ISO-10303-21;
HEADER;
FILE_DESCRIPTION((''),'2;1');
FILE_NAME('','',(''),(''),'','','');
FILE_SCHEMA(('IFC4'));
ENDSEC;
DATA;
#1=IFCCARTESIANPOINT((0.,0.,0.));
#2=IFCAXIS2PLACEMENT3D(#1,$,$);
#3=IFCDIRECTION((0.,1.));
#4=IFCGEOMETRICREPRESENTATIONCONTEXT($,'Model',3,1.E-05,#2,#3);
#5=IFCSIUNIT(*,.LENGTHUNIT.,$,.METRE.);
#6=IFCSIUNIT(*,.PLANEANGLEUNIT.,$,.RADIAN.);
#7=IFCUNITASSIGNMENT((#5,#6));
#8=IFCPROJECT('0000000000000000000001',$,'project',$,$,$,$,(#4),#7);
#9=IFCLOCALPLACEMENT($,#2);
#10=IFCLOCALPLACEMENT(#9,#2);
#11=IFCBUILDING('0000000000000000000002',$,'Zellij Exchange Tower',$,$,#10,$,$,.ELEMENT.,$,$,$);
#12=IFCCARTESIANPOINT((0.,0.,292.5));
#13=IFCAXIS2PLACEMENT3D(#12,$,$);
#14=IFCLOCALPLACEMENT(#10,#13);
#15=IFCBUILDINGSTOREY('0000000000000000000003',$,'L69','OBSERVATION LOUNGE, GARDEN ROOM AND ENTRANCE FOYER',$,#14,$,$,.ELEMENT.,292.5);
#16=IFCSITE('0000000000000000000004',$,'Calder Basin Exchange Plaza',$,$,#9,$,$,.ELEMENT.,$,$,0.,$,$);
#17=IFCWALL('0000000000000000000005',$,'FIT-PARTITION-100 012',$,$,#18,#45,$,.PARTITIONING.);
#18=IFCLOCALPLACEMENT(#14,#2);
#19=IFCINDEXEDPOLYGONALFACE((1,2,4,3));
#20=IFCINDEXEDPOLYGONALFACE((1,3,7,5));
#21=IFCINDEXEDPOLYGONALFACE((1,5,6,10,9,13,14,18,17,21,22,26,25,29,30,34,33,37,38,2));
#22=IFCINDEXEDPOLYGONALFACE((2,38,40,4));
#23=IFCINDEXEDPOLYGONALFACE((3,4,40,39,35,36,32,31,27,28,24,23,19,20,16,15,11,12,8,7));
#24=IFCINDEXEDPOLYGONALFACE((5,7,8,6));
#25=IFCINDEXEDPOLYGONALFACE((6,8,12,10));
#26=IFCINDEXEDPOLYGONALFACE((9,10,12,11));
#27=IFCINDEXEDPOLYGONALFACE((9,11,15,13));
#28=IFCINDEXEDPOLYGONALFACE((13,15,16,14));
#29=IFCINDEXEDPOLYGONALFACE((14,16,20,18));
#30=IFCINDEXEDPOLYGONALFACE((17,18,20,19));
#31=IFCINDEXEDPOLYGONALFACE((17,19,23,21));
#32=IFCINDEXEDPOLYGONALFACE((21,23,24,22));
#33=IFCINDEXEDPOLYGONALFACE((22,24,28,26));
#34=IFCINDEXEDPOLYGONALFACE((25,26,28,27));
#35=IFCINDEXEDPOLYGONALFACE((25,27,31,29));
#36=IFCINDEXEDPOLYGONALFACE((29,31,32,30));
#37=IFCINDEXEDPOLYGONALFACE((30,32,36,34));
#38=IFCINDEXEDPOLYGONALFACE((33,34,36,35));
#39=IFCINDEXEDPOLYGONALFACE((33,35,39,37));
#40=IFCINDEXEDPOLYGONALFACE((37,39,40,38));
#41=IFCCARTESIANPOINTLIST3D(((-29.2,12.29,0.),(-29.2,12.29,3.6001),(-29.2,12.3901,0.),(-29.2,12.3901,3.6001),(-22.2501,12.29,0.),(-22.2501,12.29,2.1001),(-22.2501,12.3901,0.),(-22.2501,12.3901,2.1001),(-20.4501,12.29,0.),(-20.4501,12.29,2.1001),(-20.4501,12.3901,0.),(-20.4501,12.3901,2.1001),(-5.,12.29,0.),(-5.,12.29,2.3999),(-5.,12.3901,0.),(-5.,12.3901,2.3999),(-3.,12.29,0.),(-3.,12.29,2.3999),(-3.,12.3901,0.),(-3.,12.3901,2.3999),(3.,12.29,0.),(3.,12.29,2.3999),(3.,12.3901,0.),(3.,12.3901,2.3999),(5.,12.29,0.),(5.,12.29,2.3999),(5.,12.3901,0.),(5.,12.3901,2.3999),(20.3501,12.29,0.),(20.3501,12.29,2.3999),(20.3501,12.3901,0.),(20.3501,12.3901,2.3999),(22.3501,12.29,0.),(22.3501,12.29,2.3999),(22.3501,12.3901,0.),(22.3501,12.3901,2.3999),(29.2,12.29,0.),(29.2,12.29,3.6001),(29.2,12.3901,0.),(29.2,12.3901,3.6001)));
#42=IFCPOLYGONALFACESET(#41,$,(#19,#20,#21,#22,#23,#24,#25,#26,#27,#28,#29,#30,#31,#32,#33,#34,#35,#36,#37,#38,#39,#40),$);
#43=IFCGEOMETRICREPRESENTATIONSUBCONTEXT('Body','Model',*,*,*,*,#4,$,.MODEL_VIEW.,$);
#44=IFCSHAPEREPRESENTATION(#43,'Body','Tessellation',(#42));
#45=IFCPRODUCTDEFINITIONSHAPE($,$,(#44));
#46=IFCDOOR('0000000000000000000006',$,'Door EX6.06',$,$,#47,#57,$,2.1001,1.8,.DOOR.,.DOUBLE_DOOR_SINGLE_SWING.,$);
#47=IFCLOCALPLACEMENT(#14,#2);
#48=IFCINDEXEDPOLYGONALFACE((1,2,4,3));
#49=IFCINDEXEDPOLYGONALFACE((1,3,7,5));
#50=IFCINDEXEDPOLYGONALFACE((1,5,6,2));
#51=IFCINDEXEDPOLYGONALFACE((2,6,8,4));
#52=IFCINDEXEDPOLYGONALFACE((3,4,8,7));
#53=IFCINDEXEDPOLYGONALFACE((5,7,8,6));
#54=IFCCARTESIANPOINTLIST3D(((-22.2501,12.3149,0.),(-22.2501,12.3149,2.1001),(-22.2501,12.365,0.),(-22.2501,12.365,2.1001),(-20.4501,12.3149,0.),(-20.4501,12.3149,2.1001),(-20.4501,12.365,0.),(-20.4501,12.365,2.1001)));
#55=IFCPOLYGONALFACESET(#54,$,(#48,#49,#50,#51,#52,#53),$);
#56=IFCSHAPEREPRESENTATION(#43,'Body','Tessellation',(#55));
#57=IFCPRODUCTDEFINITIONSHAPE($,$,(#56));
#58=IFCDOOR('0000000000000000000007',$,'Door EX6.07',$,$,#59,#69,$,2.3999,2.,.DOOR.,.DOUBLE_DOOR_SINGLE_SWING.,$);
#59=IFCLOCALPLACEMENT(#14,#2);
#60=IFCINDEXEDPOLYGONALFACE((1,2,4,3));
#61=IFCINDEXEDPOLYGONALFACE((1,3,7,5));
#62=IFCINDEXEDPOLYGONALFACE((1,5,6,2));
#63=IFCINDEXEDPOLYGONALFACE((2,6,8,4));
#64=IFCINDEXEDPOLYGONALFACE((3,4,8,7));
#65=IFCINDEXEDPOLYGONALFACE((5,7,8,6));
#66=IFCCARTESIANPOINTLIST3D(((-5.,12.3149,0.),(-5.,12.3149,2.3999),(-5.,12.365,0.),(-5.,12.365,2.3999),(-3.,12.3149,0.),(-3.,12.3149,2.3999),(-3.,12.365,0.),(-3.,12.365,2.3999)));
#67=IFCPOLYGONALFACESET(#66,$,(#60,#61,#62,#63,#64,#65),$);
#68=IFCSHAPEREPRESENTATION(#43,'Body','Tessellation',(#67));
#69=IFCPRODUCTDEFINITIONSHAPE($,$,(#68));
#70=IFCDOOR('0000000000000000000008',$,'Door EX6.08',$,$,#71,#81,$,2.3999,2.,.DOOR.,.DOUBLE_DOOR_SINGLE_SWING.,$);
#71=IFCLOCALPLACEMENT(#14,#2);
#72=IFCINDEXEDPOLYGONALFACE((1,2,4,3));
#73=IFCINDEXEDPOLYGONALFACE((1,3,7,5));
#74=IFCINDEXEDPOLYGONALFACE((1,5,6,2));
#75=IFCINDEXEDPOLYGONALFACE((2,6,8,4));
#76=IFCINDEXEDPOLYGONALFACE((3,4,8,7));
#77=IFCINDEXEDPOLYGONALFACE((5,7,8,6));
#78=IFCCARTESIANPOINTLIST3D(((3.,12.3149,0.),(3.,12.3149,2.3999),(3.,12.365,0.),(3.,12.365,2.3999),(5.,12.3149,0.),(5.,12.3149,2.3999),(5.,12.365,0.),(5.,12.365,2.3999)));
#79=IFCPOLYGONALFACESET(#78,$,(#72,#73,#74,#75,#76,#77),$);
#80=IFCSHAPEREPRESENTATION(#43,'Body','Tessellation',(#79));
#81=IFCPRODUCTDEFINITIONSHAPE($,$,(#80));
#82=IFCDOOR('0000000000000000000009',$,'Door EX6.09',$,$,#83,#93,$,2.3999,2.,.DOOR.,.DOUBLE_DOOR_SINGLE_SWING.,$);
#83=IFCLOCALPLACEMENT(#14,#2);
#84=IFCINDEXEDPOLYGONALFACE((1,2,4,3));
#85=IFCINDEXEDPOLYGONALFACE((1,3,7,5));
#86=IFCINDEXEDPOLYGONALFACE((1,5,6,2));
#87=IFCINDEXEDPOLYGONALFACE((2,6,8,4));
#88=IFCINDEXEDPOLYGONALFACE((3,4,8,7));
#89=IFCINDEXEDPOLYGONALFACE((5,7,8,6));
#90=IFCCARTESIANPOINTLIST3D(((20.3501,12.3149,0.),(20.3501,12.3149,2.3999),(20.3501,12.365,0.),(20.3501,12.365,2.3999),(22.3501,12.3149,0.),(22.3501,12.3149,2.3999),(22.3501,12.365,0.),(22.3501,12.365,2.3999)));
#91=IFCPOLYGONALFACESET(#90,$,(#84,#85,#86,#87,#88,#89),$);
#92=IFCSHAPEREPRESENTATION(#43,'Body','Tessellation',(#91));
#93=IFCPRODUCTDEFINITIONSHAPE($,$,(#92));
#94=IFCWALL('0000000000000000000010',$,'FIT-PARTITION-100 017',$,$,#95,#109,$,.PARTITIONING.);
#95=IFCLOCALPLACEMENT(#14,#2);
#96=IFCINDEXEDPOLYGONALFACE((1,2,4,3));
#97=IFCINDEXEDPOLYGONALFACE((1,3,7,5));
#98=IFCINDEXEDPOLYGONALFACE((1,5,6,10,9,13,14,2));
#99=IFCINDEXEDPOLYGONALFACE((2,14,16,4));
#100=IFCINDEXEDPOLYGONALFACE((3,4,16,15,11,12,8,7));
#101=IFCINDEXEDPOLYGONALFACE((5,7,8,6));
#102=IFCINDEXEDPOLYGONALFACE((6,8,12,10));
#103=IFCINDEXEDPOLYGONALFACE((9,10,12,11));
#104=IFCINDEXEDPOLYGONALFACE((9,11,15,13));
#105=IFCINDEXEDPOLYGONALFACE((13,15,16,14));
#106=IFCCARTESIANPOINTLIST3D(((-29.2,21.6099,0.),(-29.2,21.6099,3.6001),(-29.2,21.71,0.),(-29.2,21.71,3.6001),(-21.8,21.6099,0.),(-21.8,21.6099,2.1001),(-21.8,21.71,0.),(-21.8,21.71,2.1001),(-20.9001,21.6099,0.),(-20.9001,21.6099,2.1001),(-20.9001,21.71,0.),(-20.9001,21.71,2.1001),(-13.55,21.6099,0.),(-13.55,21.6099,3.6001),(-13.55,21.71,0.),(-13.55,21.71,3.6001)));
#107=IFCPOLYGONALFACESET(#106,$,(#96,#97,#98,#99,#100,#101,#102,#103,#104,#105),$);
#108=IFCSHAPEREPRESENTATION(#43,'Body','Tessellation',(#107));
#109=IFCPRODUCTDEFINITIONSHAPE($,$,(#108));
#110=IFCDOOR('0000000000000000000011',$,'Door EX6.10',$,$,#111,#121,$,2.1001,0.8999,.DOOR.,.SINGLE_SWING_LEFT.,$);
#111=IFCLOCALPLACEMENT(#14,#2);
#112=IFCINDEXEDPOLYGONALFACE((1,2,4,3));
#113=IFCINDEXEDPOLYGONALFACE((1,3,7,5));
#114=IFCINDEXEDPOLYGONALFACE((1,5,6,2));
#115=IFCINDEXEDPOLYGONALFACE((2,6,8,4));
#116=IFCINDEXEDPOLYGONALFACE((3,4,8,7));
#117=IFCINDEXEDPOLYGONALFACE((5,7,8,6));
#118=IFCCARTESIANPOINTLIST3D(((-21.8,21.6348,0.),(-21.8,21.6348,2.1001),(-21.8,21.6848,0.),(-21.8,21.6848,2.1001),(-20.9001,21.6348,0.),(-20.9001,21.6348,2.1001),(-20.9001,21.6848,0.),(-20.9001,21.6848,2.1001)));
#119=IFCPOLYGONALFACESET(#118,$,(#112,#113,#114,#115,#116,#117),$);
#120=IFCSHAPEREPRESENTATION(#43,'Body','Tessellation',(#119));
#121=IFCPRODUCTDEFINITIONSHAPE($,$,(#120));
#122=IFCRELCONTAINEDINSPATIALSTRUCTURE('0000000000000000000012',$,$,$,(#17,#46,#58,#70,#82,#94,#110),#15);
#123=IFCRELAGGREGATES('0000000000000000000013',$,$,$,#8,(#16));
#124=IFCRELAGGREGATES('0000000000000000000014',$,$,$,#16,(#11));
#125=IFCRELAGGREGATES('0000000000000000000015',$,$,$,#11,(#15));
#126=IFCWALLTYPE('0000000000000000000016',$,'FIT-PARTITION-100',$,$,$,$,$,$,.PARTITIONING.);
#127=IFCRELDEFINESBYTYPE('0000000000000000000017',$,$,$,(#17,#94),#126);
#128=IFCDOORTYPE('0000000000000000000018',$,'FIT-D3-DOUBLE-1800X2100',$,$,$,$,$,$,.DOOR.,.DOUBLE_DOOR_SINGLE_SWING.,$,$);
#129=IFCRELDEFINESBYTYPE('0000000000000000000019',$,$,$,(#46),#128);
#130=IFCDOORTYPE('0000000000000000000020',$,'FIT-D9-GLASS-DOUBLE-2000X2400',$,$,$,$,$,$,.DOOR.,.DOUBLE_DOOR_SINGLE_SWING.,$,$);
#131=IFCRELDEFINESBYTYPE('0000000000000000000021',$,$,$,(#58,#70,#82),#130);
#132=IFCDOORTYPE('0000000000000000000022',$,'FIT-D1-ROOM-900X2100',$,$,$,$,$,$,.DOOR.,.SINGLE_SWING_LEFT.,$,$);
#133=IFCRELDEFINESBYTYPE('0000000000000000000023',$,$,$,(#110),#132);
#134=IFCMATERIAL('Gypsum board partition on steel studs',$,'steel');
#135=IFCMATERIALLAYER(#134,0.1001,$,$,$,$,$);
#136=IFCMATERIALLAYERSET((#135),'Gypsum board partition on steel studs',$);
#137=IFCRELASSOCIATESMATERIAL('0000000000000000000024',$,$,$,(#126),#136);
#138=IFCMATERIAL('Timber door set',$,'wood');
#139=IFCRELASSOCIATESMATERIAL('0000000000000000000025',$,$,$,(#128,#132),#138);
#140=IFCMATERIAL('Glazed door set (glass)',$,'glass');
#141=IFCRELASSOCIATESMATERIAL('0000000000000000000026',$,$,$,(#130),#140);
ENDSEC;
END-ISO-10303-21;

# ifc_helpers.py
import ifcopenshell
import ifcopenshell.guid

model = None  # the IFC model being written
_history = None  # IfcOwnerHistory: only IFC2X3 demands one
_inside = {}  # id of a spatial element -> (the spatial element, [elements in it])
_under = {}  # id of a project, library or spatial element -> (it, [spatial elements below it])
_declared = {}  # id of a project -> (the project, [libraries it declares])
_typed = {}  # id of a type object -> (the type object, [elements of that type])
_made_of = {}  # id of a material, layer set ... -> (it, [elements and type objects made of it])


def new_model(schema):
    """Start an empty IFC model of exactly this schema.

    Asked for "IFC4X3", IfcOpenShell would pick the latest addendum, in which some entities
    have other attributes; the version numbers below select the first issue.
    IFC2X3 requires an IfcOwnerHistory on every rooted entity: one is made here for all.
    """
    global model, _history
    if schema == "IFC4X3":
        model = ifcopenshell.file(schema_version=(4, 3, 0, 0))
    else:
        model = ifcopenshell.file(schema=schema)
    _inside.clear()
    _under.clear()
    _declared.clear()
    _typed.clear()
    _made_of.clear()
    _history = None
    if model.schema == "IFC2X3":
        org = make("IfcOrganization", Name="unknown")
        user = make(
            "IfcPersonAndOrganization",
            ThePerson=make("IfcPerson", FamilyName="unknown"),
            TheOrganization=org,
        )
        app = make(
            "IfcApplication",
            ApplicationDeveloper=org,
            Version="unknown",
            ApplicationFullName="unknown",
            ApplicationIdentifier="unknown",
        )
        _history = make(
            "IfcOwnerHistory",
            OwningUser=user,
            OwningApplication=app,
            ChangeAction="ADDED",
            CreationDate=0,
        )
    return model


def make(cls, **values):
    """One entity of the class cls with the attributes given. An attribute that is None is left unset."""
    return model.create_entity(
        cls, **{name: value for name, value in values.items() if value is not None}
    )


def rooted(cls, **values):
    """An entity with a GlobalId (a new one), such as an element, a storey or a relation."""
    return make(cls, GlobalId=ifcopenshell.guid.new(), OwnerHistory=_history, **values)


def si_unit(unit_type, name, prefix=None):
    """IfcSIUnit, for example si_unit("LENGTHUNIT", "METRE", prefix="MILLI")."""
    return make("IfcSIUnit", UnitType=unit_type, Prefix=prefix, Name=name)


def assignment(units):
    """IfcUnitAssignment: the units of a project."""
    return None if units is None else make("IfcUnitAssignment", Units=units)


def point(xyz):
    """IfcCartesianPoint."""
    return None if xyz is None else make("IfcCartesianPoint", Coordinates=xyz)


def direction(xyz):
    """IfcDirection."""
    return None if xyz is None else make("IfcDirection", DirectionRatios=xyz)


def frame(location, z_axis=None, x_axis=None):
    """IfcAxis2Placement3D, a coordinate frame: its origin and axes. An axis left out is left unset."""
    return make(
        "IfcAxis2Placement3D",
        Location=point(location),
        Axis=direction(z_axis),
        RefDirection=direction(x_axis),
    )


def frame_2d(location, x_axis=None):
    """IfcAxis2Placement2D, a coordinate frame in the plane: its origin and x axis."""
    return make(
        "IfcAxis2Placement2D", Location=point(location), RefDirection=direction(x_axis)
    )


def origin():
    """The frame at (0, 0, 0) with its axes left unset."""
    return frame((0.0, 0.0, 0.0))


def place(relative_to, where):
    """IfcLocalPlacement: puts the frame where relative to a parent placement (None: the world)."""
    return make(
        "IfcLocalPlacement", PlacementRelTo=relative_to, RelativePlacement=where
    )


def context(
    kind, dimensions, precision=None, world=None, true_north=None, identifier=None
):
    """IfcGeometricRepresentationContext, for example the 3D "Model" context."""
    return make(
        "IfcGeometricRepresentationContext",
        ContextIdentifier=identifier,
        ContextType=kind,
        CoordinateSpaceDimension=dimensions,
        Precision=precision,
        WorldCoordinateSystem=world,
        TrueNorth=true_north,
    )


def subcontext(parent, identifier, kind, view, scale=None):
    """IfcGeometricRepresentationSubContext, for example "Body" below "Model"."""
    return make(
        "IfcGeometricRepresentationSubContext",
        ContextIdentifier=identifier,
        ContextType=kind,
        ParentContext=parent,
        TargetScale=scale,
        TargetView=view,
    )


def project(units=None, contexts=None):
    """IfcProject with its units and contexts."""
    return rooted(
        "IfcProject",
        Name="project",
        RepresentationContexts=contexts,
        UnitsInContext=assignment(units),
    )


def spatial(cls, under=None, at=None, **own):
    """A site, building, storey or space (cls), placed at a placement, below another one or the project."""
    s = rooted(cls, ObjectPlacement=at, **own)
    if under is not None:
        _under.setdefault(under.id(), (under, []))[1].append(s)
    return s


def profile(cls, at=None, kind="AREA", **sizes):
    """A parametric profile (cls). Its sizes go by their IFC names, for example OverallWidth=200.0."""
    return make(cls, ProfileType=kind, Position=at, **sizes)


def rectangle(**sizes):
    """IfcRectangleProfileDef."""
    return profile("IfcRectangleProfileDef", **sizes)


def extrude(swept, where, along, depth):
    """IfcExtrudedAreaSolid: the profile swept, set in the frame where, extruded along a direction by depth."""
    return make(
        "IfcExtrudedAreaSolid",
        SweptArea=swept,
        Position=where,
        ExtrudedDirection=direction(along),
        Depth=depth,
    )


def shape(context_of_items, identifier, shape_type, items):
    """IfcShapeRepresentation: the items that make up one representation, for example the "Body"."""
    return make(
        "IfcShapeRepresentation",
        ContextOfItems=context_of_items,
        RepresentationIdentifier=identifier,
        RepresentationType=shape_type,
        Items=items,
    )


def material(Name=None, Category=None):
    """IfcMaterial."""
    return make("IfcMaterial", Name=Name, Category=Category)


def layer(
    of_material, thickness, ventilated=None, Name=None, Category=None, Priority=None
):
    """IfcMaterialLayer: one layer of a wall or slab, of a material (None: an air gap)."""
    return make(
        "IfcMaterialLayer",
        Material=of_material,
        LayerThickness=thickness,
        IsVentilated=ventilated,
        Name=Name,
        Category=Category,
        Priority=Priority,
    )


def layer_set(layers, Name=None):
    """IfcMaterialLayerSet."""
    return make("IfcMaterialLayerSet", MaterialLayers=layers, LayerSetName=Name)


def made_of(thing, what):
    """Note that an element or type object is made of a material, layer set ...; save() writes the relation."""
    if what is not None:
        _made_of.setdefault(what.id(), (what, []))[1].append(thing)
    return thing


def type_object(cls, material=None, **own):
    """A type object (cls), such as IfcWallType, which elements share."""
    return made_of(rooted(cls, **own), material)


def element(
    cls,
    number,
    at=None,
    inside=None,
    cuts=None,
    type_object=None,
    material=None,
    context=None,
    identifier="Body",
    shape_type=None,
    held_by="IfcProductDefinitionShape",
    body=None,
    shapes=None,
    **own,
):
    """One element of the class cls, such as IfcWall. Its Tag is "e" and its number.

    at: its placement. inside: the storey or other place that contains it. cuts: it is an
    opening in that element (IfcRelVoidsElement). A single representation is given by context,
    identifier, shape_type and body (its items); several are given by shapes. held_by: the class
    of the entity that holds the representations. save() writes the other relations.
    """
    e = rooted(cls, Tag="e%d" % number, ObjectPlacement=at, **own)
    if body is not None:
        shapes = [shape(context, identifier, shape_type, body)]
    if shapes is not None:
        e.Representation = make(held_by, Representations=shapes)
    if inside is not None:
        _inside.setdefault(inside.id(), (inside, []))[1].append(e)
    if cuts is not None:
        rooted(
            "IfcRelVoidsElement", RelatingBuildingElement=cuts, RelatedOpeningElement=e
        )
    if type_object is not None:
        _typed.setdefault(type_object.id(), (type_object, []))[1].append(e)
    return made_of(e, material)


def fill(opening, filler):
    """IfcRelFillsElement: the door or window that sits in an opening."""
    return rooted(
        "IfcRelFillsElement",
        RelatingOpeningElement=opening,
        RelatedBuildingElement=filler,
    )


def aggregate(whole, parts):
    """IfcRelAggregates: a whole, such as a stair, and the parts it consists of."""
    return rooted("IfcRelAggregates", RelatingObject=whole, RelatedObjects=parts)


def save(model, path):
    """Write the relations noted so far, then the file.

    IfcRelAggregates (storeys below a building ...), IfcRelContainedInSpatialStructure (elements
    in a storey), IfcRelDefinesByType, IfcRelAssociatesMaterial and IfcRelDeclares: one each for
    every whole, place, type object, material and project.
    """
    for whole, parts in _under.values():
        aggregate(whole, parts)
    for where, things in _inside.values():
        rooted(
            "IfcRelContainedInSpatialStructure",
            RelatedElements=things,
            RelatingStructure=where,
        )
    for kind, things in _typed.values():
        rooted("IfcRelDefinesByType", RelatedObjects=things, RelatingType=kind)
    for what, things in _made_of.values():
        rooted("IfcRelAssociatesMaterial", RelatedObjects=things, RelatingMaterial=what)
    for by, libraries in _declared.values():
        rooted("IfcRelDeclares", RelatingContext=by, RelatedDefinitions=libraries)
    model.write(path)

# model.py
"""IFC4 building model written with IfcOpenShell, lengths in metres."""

from ifc_helpers import new_model, si_unit, direction, frame, frame_2d, origin, place, context, subcontext, project, spatial, rectangle, extrude, material, layer, layer_set, type_object, element, fill, save


model = new_model("IFC4")

# Units and contexts
model_context = context("Model", 3, precision=1e-05, world=origin(), true_north=direction((0.0, 1.0)))
body_context = subcontext(model_context, "Body", "Model", "MODEL_VIEW")
ifc_project = project(units=[si_unit("LENGTHUNIT", "METRE"), si_unit("PLANEANGLEUNIT", "RADIAN")], contexts=[model_context])

# Site, building, storey
site_placement = place(None, origin())
site = spatial("IfcSite", under=ifc_project, at=site_placement, Name="Calder Basin Exchange Plaza", CompositionType="ELEMENT", RefElevation=0.0)
building_placement = place(site_placement, origin())
building = spatial("IfcBuilding", under=site, at=building_placement, Name="Zellij Exchange Tower", CompositionType="ELEMENT")
storey_placement = place(building_placement, frame((0.0, 0.0, 292.5)))
storey = spatial("IfcBuildingStorey", under=building, at=storey_placement, Name="L69", Description="OBSERVATION LOUNGE, GARDEN ROOM AND ENTRANCE FOYER", CompositionType="ELEMENT", Elevation=292.5)

# Shared definitions
ifc_material_1 = material(Name="Gypsum board partition on steel studs", Category="steel")
ifc_layer = layer(ifc_material_1, 0.1001)
ifc_layer_set = layer_set([ifc_layer], Name="Gypsum board partition on steel studs")
wall_type = type_object("IfcWallType", Name="FIT-PARTITION-100", PredefinedType="PARTITIONING", material=ifc_layer_set)

# Wall, openings, doors
wall_1_placement = place(storey_placement, frame((-29.2, 12.3401, 0.0), z_axis=(0.0, 0.0, 1.0), x_axis=(1.0, 0.0, 0.0)))
wall_1 = element("IfcWall", 1, at=wall_1_placement, inside=storey, type_object=wall_type, Name="FIT-PARTITION-100 012", PredefinedType="PARTITIONING", context=body_context, shape_type="SweptSolid", body=[
    extrude(rectangle(XDim=58.3999, YDim=0.1001, at=frame_2d((29.2, 0.0))), origin(), (0.0, 0.0, 1.0), 3.6001),
])
opening_1_placement = place(wall_1_placement, frame((6.95, 0.0, 0.0)))
opening_1 = element("IfcOpeningElement", 2, at=opening_1_placement, cuts=wall_1, PredefinedType="OPENING", context=body_context, shape_type="SweptSolid", body=[
    extrude(rectangle(XDim=1.8, YDim=2.1001, at=frame_2d((0.8999, 1.05))), frame((0.0, 0.062, 0.0), z_axis=(0.0, -1.0, 0.0), x_axis=(1.0, 0.0, 0.0)), (0.0, 0.0, 1.0), 0.124),
])
opening_2_placement = place(wall_1_placement, frame((24.2, 0.0, 0.0)))
opening_2 = element("IfcOpeningElement", 3, at=opening_2_placement, cuts=wall_1, PredefinedType="OPENING", context=body_context, shape_type="SweptSolid", body=[
    extrude(rectangle(XDim=2.0, YDim=2.3999, at=frame_2d((1.0, 1.2))), frame((0.0, 0.062, 0.0), z_axis=(0.0, -1.0, 0.0), x_axis=(1.0, 0.0, 0.0)), (0.0, 0.0, 1.0), 0.124),
])
opening_3_placement = place(wall_1_placement, frame((32.2, 0.0, 0.0)))
opening_3 = element("IfcOpeningElement", 4, at=opening_3_placement, cuts=wall_1, PredefinedType="OPENING", context=body_context, shape_type="SweptSolid", body=[
    extrude(rectangle(XDim=2.0, YDim=2.3999, at=frame_2d((1.0, 1.2))), frame((0.0, 0.062, 0.0), z_axis=(0.0, -1.0, 0.0), x_axis=(1.0, 0.0, 0.0)), (0.0, 0.0, 1.0), 0.124),
])
opening_4_placement = place(wall_1_placement, frame((49.55, 0.0, 0.0)))
opening_4 = element("IfcOpeningElement", 5, at=opening_4_placement, cuts=wall_1, PredefinedType="OPENING", context=body_context, shape_type="SweptSolid", body=[
    extrude(rectangle(XDim=2.0, YDim=2.3999, at=frame_2d((1.0, 1.2))), frame((0.0, 0.062, 0.0), z_axis=(0.0, -1.0, 0.0), x_axis=(1.0, 0.0, 0.0)), (0.0, 0.0, 1.0), 0.124),
])
ifc_material_2 = material(Name="Timber door set", Category="wood")
door_type_1 = type_object("IfcDoorType", Name="FIT-D3-DOUBLE-1800X2100", OperationType="DOUBLE_DOOR_SINGLE_SWING", PredefinedType="DOOR", material=ifc_material_2)
door_1_placement = place(opening_1_placement, origin())
door_1 = element("IfcDoor", 6, at=door_1_placement, inside=storey, type_object=door_type_1, Name="Door EX6.06", OperationType="DOUBLE_DOOR_SINGLE_SWING", OverallHeight=2.1001, OverallWidth=1.8, PredefinedType="DOOR", context=body_context, shape_type="SweptSolid", body=[
    extrude(rectangle(XDim=1.8, YDim=2.1001, at=frame_2d((0.8999, 1.05))), frame((0.0, 0.0249, 0.0), z_axis=(0.0, -1.0, 0.0), x_axis=(1.0, 0.0, 0.0)), (0.0, 0.0, 1.0), 0.05),
])
fill(opening_1, door_1)
ifc_material_3 = material(Name="Glazed door set (glass)", Category="glass")
door_type_2 = type_object("IfcDoorType", Name="FIT-D9-GLASS-DOUBLE-2000X2400", OperationType="DOUBLE_DOOR_SINGLE_SWING", PredefinedType="DOOR", material=ifc_material_3)
door_2_placement = place(opening_2_placement, origin())
door_2 = element("IfcDoor", 7, at=door_2_placement, inside=storey, type_object=door_type_2, Name="Door EX6.07", OperationType="DOUBLE_DOOR_SINGLE_SWING", OverallHeight=2.3999, OverallWidth=2.0, PredefinedType="DOOR", context=body_context, shape_type="SweptSolid", body=[
    extrude(rectangle(XDim=2.0, YDim=2.3999, at=frame_2d((1.0, 1.2))), frame((0.0, 0.0249, 0.0), z_axis=(0.0, -1.0, 0.0), x_axis=(1.0, 0.0, 0.0)), (0.0, 0.0, 1.0), 0.05),
])
fill(opening_2, door_2)
door_3_placement = place(opening_3_placement, origin())
door_3 = element("IfcDoor", 8, at=door_3_placement, inside=storey, type_object=door_type_2, Name="Door EX6.08", OperationType="DOUBLE_DOOR_SINGLE_SWING", OverallHeight=2.3999, OverallWidth=2.0, PredefinedType="DOOR", context=body_context, shape_type="SweptSolid", body=[
    extrude(rectangle(XDim=2.0, YDim=2.3999, at=frame_2d((1.0, 1.2))), frame((0.0, 0.0249, 0.0), z_axis=(0.0, -1.0, 0.0), x_axis=(1.0, 0.0, 0.0)), (0.0, 0.0, 1.0), 0.05),
])
fill(opening_3, door_3)
door_4_placement = place(opening_4_placement, origin())
door_4 = element("IfcDoor", 9, at=door_4_placement, inside=storey, type_object=door_type_2, Name="Door EX6.09", OperationType="DOUBLE_DOOR_SINGLE_SWING", OverallHeight=2.3999, OverallWidth=2.0, PredefinedType="DOOR", context=body_context, shape_type="SweptSolid", body=[
    extrude(rectangle(XDim=2.0, YDim=2.3999, at=frame_2d((1.0, 1.2))), frame((0.0, 0.0249, 0.0), z_axis=(0.0, -1.0, 0.0), x_axis=(1.0, 0.0, 0.0)), (0.0, 0.0, 1.0), 0.05),
])
fill(opening_4, door_4)

# Wall, opening, door
wall_2_placement = place(storey_placement, frame((-29.2, 21.6599, 0.0), z_axis=(0.0, 0.0, 1.0), x_axis=(1.0, 0.0, 0.0)))
wall_2 = element("IfcWall", 10, at=wall_2_placement, inside=storey, type_object=wall_type, Name="FIT-PARTITION-100 017", PredefinedType="PARTITIONING", context=body_context, shape_type="SweptSolid", body=[
    extrude(rectangle(XDim=15.6499, YDim=0.1001, at=frame_2d((7.825, 0.0))), origin(), (0.0, 0.0, 1.0), 3.6001),
])
opening_5_placement = place(wall_2_placement, frame((7.3999, 0.0, 0.0)))
opening_5 = element("IfcOpeningElement", 11, at=opening_5_placement, cuts=wall_2, PredefinedType="OPENING", context=body_context, shape_type="SweptSolid", body=[
    extrude(rectangle(XDim=0.8999, YDim=2.1001, at=frame_2d((0.45, 1.05))), frame((0.0, 0.062, 0.0), z_axis=(0.0, -1.0, 0.0), x_axis=(1.0, 0.0, 0.0)), (0.0, 0.0, 1.0), 0.124),
])
door_type_3 = type_object("IfcDoorType", Name="FIT-D1-ROOM-900X2100", OperationType="SINGLE_SWING_LEFT", PredefinedType="DOOR", material=ifc_material_2)
door_5_placement = place(opening_5_placement, origin())
door_5 = element("IfcDoor", 12, at=door_5_placement, inside=storey, type_object=door_type_3, Name="Door EX6.10", OperationType="SINGLE_SWING_LEFT", OverallHeight=2.1001, OverallWidth=0.8999, PredefinedType="DOOR", context=body_context, shape_type="SweptSolid", body=[
    extrude(rectangle(XDim=0.8999, YDim=2.1001, at=frame_2d((0.45, 1.05))), frame((0.0, 0.0249, 0.0), z_axis=(0.0, -1.0, 0.0), x_axis=(1.0, 0.0, 0.0)), (0.0, 0.0, 1.0), 0.05),
])
fill(opening_5, door_5)

save(model, "model.ifc")
